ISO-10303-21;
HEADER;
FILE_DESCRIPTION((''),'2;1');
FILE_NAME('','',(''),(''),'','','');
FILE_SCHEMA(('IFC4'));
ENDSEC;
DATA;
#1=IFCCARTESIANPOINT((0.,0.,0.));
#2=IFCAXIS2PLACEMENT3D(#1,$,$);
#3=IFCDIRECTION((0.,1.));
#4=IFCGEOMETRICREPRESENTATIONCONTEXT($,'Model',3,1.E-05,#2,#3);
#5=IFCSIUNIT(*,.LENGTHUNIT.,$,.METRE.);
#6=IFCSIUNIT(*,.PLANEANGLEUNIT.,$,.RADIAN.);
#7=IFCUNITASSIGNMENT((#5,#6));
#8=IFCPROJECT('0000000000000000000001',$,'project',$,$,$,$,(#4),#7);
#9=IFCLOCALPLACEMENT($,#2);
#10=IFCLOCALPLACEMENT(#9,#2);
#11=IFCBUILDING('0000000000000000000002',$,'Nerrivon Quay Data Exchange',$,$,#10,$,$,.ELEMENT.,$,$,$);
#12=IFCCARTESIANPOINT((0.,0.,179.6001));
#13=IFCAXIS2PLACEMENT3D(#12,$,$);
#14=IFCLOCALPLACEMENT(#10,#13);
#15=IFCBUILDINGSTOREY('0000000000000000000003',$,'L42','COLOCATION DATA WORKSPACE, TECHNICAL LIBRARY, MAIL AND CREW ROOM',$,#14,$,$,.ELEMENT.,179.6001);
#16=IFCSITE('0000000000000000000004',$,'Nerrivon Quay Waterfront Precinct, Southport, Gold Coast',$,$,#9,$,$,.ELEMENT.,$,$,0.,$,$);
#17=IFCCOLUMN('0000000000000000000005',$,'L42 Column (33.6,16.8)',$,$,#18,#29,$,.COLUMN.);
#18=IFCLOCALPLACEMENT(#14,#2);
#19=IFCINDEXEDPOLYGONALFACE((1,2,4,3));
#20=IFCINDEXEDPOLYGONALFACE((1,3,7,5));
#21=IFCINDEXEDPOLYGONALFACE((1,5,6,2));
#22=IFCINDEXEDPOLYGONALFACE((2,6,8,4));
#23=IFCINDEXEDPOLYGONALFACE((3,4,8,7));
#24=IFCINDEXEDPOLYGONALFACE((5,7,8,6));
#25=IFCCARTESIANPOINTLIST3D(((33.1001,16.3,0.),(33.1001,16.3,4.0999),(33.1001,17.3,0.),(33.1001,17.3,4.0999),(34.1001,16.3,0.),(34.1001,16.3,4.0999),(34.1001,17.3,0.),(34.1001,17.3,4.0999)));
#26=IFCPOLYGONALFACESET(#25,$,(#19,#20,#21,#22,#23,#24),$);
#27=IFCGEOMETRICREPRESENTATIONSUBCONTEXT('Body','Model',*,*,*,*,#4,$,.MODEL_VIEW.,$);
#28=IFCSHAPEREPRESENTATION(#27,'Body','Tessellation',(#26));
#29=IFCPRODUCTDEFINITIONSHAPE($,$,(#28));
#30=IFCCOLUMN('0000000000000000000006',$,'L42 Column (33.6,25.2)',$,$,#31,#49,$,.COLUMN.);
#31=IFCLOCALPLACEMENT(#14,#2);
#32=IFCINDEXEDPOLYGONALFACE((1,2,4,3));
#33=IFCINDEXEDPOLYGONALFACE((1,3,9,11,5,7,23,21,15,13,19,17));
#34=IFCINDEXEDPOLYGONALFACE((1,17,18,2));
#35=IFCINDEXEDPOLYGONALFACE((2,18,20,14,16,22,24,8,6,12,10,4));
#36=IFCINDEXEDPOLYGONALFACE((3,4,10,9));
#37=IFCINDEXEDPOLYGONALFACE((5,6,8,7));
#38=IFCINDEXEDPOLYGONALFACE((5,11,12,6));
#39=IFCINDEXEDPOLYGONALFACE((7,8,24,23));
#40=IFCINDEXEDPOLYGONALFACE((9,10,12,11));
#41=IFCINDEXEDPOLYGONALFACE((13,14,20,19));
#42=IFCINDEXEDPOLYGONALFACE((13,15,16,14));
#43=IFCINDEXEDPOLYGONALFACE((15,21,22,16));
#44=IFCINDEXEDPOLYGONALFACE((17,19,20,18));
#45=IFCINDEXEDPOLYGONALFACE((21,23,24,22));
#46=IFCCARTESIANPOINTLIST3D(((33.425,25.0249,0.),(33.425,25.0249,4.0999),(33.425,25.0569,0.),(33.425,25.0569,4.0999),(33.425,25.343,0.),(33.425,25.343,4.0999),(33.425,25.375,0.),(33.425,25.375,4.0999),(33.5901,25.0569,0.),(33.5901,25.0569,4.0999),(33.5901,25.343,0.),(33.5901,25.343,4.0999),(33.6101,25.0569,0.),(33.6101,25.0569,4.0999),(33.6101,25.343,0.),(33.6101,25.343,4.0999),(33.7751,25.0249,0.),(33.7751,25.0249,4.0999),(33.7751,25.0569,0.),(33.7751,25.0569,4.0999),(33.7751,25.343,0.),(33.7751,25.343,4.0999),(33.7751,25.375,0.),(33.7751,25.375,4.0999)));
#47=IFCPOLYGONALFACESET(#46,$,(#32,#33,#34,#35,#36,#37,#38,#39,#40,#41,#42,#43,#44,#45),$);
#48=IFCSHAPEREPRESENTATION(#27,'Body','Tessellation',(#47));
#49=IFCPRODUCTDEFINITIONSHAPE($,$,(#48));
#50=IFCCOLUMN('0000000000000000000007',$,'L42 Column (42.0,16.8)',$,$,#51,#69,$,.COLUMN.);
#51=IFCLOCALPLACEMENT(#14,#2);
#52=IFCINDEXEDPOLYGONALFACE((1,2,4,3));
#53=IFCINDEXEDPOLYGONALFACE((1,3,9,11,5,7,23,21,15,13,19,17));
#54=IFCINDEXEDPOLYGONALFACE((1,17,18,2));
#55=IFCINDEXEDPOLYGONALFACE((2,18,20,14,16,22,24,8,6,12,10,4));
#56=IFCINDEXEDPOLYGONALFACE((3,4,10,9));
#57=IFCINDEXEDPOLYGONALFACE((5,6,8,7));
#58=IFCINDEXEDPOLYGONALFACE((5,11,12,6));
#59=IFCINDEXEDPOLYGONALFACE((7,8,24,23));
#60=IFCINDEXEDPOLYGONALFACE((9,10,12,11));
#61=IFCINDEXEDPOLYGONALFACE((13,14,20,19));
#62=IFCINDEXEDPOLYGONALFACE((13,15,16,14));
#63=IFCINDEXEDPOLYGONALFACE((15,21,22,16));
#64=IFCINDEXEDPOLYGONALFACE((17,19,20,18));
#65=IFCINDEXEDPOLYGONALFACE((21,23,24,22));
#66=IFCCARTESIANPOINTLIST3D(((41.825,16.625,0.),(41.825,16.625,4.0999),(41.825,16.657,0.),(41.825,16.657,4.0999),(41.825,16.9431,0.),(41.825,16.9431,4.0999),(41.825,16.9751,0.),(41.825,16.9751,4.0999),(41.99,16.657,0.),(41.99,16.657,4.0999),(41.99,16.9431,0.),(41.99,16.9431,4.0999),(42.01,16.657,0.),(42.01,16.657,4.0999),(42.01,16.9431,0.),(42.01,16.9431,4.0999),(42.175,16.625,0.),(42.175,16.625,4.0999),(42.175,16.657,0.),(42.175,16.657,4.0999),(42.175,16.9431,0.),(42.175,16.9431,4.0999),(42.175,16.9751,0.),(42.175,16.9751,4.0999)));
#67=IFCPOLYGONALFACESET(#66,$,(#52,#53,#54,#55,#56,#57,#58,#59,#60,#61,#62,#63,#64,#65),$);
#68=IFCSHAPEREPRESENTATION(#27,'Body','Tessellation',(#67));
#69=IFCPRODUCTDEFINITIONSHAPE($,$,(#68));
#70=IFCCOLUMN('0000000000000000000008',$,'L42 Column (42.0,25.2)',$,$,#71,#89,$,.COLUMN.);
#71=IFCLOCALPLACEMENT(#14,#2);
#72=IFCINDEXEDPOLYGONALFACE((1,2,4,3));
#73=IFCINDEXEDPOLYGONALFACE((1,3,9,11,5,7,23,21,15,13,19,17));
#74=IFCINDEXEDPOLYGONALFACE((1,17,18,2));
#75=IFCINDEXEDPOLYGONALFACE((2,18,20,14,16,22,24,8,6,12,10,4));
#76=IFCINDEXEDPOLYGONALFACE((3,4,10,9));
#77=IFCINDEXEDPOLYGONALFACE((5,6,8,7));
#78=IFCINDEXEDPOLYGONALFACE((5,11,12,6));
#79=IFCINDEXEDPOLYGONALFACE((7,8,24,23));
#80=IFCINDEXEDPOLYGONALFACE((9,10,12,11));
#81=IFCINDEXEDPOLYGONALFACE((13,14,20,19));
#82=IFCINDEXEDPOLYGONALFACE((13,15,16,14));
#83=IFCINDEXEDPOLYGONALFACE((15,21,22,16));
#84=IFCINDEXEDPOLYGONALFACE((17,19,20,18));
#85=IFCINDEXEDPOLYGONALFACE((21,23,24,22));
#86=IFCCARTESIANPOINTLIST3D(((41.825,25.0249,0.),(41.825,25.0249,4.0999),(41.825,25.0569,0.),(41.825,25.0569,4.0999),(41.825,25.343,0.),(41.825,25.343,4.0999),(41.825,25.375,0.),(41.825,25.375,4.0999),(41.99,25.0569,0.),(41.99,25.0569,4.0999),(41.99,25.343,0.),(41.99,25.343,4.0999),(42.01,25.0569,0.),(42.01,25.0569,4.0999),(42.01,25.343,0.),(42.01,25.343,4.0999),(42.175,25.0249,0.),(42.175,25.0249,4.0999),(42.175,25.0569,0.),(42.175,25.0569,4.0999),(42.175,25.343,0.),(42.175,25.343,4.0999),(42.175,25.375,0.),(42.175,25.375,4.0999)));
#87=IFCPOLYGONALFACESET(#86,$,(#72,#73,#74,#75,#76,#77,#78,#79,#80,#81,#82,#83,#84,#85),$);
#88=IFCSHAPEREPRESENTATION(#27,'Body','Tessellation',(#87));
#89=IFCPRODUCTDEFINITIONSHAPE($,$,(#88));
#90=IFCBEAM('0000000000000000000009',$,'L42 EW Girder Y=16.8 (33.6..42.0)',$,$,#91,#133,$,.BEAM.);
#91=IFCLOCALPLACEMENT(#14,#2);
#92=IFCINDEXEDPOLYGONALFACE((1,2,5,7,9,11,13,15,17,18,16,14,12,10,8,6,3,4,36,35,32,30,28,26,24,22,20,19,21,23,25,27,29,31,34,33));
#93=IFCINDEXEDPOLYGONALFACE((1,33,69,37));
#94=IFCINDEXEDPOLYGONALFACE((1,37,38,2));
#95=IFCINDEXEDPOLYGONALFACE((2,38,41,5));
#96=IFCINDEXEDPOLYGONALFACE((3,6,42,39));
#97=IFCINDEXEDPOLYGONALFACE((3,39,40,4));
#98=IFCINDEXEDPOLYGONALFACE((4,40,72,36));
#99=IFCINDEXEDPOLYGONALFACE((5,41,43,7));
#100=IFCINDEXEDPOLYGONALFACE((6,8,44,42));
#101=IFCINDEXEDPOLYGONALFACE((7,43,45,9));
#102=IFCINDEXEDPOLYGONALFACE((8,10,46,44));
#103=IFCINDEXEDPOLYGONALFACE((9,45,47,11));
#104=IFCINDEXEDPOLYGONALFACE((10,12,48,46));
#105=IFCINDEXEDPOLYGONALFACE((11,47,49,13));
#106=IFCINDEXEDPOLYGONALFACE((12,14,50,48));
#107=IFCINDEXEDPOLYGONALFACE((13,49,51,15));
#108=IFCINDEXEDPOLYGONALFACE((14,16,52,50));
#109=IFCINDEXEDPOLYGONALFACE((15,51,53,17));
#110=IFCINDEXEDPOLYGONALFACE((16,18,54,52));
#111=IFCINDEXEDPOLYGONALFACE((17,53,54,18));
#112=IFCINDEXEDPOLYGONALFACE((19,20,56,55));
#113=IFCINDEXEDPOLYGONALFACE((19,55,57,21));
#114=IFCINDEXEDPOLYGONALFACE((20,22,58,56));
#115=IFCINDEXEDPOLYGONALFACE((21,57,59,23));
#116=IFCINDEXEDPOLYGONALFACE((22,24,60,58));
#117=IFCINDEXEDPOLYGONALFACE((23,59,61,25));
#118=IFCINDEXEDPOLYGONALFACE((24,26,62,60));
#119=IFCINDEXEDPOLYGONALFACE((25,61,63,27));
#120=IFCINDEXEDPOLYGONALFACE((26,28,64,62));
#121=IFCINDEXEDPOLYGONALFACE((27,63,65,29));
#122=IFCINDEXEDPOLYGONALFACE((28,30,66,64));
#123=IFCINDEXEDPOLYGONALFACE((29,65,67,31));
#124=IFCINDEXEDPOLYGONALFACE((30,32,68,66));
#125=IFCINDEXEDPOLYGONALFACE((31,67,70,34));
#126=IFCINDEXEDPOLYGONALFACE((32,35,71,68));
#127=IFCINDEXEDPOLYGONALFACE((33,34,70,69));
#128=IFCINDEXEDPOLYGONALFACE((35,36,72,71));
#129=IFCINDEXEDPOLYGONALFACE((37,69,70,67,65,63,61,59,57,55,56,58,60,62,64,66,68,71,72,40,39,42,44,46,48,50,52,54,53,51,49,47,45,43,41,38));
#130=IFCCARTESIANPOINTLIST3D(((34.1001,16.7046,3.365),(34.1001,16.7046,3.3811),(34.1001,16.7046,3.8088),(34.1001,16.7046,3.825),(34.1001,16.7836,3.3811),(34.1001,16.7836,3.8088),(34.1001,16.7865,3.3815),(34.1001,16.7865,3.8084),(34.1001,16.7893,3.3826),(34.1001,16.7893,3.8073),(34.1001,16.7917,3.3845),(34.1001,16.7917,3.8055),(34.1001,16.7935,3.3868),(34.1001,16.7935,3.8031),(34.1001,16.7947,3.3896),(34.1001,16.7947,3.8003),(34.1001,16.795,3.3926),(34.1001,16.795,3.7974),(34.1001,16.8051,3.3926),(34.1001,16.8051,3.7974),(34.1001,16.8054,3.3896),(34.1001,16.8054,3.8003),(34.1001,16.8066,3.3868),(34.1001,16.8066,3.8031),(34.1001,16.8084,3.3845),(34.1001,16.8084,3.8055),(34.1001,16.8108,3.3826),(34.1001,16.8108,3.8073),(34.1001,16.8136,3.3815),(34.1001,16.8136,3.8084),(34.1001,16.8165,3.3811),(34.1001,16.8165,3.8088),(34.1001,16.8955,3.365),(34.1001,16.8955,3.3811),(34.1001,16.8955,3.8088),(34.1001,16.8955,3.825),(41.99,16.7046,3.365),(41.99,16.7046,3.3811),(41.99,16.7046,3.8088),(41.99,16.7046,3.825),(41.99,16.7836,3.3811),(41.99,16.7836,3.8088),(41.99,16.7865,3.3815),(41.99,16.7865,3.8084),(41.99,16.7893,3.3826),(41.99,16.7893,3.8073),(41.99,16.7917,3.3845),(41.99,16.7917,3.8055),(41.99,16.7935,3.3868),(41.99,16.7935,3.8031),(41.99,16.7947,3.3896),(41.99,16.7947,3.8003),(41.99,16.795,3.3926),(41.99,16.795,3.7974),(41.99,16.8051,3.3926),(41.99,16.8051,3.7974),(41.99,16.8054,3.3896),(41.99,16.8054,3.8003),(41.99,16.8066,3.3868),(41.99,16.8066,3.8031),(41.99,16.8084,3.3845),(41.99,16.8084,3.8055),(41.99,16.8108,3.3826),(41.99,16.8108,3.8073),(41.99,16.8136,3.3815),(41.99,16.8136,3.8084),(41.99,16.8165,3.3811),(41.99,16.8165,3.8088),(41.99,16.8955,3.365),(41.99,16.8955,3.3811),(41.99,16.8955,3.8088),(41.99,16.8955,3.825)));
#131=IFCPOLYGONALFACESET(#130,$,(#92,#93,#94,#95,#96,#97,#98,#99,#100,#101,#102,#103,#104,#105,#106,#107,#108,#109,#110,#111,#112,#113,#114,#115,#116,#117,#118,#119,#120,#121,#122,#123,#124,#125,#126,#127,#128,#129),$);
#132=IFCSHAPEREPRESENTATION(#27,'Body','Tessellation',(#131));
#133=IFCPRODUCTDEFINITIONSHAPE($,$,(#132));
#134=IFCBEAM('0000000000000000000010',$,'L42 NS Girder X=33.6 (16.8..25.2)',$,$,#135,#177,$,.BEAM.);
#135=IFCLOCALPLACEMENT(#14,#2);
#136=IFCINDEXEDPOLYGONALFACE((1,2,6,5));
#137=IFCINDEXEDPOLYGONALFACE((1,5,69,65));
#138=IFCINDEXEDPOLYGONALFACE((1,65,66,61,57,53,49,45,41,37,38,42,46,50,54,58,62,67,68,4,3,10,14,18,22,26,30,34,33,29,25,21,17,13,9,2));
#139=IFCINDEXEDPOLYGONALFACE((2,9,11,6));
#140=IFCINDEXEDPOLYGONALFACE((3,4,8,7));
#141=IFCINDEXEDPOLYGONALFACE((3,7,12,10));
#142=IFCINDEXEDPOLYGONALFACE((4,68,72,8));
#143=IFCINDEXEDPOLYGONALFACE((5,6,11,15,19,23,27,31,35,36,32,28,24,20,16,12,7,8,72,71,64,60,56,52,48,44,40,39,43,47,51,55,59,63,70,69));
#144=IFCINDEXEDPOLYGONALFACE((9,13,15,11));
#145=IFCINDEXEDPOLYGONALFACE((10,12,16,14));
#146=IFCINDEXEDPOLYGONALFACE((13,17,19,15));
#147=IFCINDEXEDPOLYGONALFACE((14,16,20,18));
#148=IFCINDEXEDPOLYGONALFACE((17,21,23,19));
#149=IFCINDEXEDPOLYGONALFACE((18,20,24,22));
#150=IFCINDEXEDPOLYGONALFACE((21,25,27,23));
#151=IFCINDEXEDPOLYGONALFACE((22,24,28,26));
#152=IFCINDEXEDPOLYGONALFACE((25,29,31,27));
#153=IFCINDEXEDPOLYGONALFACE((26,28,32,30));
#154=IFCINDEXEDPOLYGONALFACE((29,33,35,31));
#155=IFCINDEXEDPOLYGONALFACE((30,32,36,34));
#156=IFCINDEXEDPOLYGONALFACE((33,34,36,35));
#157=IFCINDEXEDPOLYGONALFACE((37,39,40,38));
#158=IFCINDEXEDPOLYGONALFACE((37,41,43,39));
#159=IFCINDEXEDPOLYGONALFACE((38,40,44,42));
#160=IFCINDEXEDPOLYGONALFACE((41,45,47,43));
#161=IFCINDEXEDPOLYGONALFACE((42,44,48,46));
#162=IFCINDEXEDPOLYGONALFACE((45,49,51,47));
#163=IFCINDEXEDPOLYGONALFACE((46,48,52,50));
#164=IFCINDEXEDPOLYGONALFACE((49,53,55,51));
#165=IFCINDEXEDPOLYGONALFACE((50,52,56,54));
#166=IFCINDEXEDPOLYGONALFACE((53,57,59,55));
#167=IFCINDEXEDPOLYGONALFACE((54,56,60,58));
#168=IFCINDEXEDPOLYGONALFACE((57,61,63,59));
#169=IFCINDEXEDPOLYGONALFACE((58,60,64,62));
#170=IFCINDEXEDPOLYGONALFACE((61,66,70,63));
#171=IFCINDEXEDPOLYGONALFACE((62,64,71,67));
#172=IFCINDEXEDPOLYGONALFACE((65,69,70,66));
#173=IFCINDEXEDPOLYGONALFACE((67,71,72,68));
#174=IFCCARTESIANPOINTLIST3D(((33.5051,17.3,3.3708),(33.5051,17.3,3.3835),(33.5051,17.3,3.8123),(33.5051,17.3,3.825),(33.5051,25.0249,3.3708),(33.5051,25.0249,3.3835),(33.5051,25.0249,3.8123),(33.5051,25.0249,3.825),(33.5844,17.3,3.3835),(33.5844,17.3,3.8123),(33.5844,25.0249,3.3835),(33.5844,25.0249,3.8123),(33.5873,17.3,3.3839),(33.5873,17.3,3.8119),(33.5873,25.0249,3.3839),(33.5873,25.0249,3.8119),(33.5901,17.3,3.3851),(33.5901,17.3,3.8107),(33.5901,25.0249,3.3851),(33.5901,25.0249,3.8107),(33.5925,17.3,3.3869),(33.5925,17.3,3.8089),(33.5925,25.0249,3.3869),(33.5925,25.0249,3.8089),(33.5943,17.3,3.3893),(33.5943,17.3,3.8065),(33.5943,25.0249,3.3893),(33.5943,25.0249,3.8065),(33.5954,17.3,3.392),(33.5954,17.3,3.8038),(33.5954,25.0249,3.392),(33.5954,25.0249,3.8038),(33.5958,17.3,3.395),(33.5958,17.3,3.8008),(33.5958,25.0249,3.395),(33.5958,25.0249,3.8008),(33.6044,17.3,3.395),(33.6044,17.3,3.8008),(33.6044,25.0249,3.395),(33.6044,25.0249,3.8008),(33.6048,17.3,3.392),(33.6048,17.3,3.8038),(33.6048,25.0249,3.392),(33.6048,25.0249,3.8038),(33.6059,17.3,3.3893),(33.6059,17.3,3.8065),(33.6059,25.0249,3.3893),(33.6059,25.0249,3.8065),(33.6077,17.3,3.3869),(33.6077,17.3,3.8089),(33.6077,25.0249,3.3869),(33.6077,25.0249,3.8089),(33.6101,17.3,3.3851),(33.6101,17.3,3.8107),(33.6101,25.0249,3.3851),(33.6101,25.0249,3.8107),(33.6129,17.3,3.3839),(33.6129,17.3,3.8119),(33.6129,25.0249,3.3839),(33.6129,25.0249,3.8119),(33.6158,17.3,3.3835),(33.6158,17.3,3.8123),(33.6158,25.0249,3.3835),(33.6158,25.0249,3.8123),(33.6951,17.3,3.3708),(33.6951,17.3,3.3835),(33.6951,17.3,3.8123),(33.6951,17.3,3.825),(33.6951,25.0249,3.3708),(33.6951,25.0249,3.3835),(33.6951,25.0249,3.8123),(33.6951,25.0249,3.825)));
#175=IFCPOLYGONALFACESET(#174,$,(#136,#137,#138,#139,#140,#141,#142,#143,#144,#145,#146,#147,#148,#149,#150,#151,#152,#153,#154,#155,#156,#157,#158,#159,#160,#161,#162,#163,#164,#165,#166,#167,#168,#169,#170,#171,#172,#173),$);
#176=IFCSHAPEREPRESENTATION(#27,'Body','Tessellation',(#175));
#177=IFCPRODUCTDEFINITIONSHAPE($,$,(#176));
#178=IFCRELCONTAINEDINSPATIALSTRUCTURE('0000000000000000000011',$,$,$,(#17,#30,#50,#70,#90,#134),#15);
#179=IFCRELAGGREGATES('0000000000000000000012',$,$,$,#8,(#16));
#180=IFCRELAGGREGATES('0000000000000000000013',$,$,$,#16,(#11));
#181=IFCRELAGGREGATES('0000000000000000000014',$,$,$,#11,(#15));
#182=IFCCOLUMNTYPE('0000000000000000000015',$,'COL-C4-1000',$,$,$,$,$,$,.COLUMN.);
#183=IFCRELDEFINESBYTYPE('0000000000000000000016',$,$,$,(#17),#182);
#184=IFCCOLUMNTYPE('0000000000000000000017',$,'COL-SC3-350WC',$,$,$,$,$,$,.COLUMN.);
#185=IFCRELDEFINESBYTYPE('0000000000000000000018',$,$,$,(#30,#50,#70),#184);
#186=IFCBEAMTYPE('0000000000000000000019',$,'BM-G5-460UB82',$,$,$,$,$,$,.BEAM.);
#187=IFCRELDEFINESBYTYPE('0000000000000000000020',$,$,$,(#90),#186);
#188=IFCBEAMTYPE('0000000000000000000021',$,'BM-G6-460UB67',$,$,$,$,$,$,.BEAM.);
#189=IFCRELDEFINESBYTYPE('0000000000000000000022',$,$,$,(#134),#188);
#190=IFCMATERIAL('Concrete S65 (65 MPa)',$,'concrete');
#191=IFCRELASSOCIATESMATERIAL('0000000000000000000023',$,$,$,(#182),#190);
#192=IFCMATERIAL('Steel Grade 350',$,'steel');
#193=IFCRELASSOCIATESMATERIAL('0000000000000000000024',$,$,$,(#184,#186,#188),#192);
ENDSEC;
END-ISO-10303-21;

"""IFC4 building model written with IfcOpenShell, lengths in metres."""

from ifc_helpers import new_model, si_unit, direction, frame, origin, origin_2d, place, context, subcontext, project, spatial, rectangle, i_section, extrude, material, material_profile, profile_set, type_object, element, save


model = new_model("IFC4")

# Units and contexts
model_context = context("Model", 3, precision=1e-05, world=origin(), true_north=direction((0.0, 1.0)))
body_context = subcontext(model_context, "Body", "Model", "MODEL_VIEW")
ifc_project = project(units=[si_unit("LENGTHUNIT", "METRE"), si_unit("PLANEANGLEUNIT", "RADIAN")], contexts=[model_context])

# Site, building, storey
site_placement = place(None, origin())
site = spatial("IfcSite", under=ifc_project, at=site_placement, Name="Nerrivon Quay Waterfront Precinct, Southport, Gold Coast", CompositionType="ELEMENT", RefElevation=0.0)
building_placement = place(site_placement, origin())
building = spatial("IfcBuilding", under=site, at=building_placement, Name="Nerrivon Quay Data Exchange", CompositionType="ELEMENT")
storey_placement = place(building_placement, frame((0.0, 0.0, 179.6001)))
storey = spatial("IfcBuildingStorey", under=building, at=storey_placement, Name="L42", Description="COLOCATION DATA WORKSPACE, TECHNICAL LIBRARY, MAIL AND CREW ROOM", CompositionType="ELEMENT", Elevation=179.6001)

# Columns
ifc_material_1 = material(Name="Concrete S65 (65 MPa)", Category="concrete")
ifc_material_profile_1 = material_profile(ifc_material_1, rectangle(XDim=1.0, YDim=1.0, at=origin_2d()), Name="RC-COL-1000x1000")
ifc_profile_set_1 = profile_set([ifc_material_profile_1], Name="Concrete S65 (65 MPa)")
column_type_1 = type_object("IfcColumnType", Name="COL-C4-1000", PredefinedType="COLUMN", material=ifc_profile_set_1)
column_placement = place(storey_placement, frame((33.6001, 16.8, 0.0), z_axis=(0.0, 0.0, 1.0), x_axis=(1.0, 0.0, 0.0)))
element("IfcColumn", 1, at=column_placement, inside=storey, type_object=column_type_1, Name="L42 Column (33.6,16.8)", PredefinedType="COLUMN", context=body_context, shape_type="SweptSolid", body=[
    extrude(rectangle(XDim=1.0, YDim=1.0, at=origin_2d()), origin(), (0.0, 0.0, 1.0), 4.0999),
])
ifc_material_2 = material(Name="Steel Grade 350", Category="steel")
ifc_material_profile_2 = material_profile(ifc_material_2, i_section(OverallWidth=0.3501, OverallDepth=0.3501, WebThickness=0.02, FlangeThickness=0.032, at=origin_2d()), Name="350WC230")
ifc_profile_set_2 = profile_set([ifc_material_profile_2], Name="Steel Grade 350")
column_type_2 = type_object("IfcColumnType", Name="COL-SC3-350WC", PredefinedType="COLUMN", material=ifc_profile_set_2)
for number, where, z_axis, x_axis, name in (
    (2, (33.6001, 25.2, 0.0), (0.0, 0.0, 1.0), (1.0, 0.0, 0.0), "L42 Column (33.6,25.2)"),
    (3, (42.0, 16.8, 0.0), (0.0, 0.0, 1.0), (1.0, 0.0, 0.0), "L42 Column (42.0,16.8)"),
    (4, (42.0, 25.2, 0.0), (0.0, 0.0, 1.0), (1.0, 0.0, 0.0), "L42 Column (42.0,25.2)"),
):
    element("IfcColumn", number, at=place(storey_placement, frame(where, z_axis=z_axis, x_axis=x_axis)), inside=storey, type_object=column_type_2, Name=name, PredefinedType="COLUMN", context=body_context, shape_type="SweptSolid", body=[
        extrude(i_section(OverallWidth=0.3501, OverallDepth=0.3501, WebThickness=0.02, FlangeThickness=0.032, at=origin_2d()), origin(), (0.0, 0.0, 1.0), 4.0999),
    ])

# Beams
ifc_material_profile_3 = material_profile(ifc_material_2, i_section(OverallWidth=0.1909, OverallDepth=0.46, WebThickness=0.01, FlangeThickness=0.0161, FilletRadius=0.0115, at=origin_2d()), Name="460UB82.1")
ifc_profile_set_3 = profile_set([ifc_material_profile_3], Name="Steel Grade 350")
beam_type_1 = type_object("IfcBeamType", Name="BM-G5-460UB82", PredefinedType="BEAM", material=ifc_profile_set_3)
beam_1_placement = place(storey_placement, frame((34.1001, 16.8, 3.595), z_axis=(1.0, 0.0, 0.0), x_axis=(0.0, 1.0, 0.0)))
element("IfcBeam", 5, at=beam_1_placement, inside=storey, type_object=beam_type_1, Name="L42 EW Girder Y=16.8 (33.6..42.0)", PredefinedType="BEAM", context=body_context, shape_type="SweptSolid", body=[
    extrude(i_section(OverallWidth=0.1909, OverallDepth=0.46, WebThickness=0.01, FlangeThickness=0.0161, FilletRadius=0.0115, at=origin_2d()), origin(), (0.0, 0.0, 1.0), 7.8899),
])
ifc_material_profile_4 = material_profile(ifc_material_2, i_section(OverallWidth=0.1899, OverallDepth=0.4541, WebThickness=0.0085, FlangeThickness=0.0127, FilletRadius=0.0115, at=origin_2d()), Name="460UB67.1")
ifc_profile_set_4 = profile_set([ifc_material_profile_4], Name="Steel Grade 350")
beam_type_2 = type_object("IfcBeamType", Name="BM-G6-460UB67", PredefinedType="BEAM", material=ifc_profile_set_4)
beam_2_placement = place(storey_placement, frame((33.6001, 17.3, 3.5979), z_axis=(0.0, 1.0, 0.0), x_axis=(-1.0, 0.0, 0.0)))
element("IfcBeam", 6, at=beam_2_placement, inside=storey, type_object=beam_type_2, Name="L42 NS Girder X=33.6 (16.8..25.2)", PredefinedType="BEAM", context=body_context, shape_type="SweptSolid", body=[
    extrude(i_section(OverallWidth=0.1899, OverallDepth=0.4541, WebThickness=0.0085, FlangeThickness=0.0127, FilletRadius=0.0115, at=origin_2d()), origin(), (0.0, 0.0, 1.0), 7.7249),
])

save(model, "model.ifc")
